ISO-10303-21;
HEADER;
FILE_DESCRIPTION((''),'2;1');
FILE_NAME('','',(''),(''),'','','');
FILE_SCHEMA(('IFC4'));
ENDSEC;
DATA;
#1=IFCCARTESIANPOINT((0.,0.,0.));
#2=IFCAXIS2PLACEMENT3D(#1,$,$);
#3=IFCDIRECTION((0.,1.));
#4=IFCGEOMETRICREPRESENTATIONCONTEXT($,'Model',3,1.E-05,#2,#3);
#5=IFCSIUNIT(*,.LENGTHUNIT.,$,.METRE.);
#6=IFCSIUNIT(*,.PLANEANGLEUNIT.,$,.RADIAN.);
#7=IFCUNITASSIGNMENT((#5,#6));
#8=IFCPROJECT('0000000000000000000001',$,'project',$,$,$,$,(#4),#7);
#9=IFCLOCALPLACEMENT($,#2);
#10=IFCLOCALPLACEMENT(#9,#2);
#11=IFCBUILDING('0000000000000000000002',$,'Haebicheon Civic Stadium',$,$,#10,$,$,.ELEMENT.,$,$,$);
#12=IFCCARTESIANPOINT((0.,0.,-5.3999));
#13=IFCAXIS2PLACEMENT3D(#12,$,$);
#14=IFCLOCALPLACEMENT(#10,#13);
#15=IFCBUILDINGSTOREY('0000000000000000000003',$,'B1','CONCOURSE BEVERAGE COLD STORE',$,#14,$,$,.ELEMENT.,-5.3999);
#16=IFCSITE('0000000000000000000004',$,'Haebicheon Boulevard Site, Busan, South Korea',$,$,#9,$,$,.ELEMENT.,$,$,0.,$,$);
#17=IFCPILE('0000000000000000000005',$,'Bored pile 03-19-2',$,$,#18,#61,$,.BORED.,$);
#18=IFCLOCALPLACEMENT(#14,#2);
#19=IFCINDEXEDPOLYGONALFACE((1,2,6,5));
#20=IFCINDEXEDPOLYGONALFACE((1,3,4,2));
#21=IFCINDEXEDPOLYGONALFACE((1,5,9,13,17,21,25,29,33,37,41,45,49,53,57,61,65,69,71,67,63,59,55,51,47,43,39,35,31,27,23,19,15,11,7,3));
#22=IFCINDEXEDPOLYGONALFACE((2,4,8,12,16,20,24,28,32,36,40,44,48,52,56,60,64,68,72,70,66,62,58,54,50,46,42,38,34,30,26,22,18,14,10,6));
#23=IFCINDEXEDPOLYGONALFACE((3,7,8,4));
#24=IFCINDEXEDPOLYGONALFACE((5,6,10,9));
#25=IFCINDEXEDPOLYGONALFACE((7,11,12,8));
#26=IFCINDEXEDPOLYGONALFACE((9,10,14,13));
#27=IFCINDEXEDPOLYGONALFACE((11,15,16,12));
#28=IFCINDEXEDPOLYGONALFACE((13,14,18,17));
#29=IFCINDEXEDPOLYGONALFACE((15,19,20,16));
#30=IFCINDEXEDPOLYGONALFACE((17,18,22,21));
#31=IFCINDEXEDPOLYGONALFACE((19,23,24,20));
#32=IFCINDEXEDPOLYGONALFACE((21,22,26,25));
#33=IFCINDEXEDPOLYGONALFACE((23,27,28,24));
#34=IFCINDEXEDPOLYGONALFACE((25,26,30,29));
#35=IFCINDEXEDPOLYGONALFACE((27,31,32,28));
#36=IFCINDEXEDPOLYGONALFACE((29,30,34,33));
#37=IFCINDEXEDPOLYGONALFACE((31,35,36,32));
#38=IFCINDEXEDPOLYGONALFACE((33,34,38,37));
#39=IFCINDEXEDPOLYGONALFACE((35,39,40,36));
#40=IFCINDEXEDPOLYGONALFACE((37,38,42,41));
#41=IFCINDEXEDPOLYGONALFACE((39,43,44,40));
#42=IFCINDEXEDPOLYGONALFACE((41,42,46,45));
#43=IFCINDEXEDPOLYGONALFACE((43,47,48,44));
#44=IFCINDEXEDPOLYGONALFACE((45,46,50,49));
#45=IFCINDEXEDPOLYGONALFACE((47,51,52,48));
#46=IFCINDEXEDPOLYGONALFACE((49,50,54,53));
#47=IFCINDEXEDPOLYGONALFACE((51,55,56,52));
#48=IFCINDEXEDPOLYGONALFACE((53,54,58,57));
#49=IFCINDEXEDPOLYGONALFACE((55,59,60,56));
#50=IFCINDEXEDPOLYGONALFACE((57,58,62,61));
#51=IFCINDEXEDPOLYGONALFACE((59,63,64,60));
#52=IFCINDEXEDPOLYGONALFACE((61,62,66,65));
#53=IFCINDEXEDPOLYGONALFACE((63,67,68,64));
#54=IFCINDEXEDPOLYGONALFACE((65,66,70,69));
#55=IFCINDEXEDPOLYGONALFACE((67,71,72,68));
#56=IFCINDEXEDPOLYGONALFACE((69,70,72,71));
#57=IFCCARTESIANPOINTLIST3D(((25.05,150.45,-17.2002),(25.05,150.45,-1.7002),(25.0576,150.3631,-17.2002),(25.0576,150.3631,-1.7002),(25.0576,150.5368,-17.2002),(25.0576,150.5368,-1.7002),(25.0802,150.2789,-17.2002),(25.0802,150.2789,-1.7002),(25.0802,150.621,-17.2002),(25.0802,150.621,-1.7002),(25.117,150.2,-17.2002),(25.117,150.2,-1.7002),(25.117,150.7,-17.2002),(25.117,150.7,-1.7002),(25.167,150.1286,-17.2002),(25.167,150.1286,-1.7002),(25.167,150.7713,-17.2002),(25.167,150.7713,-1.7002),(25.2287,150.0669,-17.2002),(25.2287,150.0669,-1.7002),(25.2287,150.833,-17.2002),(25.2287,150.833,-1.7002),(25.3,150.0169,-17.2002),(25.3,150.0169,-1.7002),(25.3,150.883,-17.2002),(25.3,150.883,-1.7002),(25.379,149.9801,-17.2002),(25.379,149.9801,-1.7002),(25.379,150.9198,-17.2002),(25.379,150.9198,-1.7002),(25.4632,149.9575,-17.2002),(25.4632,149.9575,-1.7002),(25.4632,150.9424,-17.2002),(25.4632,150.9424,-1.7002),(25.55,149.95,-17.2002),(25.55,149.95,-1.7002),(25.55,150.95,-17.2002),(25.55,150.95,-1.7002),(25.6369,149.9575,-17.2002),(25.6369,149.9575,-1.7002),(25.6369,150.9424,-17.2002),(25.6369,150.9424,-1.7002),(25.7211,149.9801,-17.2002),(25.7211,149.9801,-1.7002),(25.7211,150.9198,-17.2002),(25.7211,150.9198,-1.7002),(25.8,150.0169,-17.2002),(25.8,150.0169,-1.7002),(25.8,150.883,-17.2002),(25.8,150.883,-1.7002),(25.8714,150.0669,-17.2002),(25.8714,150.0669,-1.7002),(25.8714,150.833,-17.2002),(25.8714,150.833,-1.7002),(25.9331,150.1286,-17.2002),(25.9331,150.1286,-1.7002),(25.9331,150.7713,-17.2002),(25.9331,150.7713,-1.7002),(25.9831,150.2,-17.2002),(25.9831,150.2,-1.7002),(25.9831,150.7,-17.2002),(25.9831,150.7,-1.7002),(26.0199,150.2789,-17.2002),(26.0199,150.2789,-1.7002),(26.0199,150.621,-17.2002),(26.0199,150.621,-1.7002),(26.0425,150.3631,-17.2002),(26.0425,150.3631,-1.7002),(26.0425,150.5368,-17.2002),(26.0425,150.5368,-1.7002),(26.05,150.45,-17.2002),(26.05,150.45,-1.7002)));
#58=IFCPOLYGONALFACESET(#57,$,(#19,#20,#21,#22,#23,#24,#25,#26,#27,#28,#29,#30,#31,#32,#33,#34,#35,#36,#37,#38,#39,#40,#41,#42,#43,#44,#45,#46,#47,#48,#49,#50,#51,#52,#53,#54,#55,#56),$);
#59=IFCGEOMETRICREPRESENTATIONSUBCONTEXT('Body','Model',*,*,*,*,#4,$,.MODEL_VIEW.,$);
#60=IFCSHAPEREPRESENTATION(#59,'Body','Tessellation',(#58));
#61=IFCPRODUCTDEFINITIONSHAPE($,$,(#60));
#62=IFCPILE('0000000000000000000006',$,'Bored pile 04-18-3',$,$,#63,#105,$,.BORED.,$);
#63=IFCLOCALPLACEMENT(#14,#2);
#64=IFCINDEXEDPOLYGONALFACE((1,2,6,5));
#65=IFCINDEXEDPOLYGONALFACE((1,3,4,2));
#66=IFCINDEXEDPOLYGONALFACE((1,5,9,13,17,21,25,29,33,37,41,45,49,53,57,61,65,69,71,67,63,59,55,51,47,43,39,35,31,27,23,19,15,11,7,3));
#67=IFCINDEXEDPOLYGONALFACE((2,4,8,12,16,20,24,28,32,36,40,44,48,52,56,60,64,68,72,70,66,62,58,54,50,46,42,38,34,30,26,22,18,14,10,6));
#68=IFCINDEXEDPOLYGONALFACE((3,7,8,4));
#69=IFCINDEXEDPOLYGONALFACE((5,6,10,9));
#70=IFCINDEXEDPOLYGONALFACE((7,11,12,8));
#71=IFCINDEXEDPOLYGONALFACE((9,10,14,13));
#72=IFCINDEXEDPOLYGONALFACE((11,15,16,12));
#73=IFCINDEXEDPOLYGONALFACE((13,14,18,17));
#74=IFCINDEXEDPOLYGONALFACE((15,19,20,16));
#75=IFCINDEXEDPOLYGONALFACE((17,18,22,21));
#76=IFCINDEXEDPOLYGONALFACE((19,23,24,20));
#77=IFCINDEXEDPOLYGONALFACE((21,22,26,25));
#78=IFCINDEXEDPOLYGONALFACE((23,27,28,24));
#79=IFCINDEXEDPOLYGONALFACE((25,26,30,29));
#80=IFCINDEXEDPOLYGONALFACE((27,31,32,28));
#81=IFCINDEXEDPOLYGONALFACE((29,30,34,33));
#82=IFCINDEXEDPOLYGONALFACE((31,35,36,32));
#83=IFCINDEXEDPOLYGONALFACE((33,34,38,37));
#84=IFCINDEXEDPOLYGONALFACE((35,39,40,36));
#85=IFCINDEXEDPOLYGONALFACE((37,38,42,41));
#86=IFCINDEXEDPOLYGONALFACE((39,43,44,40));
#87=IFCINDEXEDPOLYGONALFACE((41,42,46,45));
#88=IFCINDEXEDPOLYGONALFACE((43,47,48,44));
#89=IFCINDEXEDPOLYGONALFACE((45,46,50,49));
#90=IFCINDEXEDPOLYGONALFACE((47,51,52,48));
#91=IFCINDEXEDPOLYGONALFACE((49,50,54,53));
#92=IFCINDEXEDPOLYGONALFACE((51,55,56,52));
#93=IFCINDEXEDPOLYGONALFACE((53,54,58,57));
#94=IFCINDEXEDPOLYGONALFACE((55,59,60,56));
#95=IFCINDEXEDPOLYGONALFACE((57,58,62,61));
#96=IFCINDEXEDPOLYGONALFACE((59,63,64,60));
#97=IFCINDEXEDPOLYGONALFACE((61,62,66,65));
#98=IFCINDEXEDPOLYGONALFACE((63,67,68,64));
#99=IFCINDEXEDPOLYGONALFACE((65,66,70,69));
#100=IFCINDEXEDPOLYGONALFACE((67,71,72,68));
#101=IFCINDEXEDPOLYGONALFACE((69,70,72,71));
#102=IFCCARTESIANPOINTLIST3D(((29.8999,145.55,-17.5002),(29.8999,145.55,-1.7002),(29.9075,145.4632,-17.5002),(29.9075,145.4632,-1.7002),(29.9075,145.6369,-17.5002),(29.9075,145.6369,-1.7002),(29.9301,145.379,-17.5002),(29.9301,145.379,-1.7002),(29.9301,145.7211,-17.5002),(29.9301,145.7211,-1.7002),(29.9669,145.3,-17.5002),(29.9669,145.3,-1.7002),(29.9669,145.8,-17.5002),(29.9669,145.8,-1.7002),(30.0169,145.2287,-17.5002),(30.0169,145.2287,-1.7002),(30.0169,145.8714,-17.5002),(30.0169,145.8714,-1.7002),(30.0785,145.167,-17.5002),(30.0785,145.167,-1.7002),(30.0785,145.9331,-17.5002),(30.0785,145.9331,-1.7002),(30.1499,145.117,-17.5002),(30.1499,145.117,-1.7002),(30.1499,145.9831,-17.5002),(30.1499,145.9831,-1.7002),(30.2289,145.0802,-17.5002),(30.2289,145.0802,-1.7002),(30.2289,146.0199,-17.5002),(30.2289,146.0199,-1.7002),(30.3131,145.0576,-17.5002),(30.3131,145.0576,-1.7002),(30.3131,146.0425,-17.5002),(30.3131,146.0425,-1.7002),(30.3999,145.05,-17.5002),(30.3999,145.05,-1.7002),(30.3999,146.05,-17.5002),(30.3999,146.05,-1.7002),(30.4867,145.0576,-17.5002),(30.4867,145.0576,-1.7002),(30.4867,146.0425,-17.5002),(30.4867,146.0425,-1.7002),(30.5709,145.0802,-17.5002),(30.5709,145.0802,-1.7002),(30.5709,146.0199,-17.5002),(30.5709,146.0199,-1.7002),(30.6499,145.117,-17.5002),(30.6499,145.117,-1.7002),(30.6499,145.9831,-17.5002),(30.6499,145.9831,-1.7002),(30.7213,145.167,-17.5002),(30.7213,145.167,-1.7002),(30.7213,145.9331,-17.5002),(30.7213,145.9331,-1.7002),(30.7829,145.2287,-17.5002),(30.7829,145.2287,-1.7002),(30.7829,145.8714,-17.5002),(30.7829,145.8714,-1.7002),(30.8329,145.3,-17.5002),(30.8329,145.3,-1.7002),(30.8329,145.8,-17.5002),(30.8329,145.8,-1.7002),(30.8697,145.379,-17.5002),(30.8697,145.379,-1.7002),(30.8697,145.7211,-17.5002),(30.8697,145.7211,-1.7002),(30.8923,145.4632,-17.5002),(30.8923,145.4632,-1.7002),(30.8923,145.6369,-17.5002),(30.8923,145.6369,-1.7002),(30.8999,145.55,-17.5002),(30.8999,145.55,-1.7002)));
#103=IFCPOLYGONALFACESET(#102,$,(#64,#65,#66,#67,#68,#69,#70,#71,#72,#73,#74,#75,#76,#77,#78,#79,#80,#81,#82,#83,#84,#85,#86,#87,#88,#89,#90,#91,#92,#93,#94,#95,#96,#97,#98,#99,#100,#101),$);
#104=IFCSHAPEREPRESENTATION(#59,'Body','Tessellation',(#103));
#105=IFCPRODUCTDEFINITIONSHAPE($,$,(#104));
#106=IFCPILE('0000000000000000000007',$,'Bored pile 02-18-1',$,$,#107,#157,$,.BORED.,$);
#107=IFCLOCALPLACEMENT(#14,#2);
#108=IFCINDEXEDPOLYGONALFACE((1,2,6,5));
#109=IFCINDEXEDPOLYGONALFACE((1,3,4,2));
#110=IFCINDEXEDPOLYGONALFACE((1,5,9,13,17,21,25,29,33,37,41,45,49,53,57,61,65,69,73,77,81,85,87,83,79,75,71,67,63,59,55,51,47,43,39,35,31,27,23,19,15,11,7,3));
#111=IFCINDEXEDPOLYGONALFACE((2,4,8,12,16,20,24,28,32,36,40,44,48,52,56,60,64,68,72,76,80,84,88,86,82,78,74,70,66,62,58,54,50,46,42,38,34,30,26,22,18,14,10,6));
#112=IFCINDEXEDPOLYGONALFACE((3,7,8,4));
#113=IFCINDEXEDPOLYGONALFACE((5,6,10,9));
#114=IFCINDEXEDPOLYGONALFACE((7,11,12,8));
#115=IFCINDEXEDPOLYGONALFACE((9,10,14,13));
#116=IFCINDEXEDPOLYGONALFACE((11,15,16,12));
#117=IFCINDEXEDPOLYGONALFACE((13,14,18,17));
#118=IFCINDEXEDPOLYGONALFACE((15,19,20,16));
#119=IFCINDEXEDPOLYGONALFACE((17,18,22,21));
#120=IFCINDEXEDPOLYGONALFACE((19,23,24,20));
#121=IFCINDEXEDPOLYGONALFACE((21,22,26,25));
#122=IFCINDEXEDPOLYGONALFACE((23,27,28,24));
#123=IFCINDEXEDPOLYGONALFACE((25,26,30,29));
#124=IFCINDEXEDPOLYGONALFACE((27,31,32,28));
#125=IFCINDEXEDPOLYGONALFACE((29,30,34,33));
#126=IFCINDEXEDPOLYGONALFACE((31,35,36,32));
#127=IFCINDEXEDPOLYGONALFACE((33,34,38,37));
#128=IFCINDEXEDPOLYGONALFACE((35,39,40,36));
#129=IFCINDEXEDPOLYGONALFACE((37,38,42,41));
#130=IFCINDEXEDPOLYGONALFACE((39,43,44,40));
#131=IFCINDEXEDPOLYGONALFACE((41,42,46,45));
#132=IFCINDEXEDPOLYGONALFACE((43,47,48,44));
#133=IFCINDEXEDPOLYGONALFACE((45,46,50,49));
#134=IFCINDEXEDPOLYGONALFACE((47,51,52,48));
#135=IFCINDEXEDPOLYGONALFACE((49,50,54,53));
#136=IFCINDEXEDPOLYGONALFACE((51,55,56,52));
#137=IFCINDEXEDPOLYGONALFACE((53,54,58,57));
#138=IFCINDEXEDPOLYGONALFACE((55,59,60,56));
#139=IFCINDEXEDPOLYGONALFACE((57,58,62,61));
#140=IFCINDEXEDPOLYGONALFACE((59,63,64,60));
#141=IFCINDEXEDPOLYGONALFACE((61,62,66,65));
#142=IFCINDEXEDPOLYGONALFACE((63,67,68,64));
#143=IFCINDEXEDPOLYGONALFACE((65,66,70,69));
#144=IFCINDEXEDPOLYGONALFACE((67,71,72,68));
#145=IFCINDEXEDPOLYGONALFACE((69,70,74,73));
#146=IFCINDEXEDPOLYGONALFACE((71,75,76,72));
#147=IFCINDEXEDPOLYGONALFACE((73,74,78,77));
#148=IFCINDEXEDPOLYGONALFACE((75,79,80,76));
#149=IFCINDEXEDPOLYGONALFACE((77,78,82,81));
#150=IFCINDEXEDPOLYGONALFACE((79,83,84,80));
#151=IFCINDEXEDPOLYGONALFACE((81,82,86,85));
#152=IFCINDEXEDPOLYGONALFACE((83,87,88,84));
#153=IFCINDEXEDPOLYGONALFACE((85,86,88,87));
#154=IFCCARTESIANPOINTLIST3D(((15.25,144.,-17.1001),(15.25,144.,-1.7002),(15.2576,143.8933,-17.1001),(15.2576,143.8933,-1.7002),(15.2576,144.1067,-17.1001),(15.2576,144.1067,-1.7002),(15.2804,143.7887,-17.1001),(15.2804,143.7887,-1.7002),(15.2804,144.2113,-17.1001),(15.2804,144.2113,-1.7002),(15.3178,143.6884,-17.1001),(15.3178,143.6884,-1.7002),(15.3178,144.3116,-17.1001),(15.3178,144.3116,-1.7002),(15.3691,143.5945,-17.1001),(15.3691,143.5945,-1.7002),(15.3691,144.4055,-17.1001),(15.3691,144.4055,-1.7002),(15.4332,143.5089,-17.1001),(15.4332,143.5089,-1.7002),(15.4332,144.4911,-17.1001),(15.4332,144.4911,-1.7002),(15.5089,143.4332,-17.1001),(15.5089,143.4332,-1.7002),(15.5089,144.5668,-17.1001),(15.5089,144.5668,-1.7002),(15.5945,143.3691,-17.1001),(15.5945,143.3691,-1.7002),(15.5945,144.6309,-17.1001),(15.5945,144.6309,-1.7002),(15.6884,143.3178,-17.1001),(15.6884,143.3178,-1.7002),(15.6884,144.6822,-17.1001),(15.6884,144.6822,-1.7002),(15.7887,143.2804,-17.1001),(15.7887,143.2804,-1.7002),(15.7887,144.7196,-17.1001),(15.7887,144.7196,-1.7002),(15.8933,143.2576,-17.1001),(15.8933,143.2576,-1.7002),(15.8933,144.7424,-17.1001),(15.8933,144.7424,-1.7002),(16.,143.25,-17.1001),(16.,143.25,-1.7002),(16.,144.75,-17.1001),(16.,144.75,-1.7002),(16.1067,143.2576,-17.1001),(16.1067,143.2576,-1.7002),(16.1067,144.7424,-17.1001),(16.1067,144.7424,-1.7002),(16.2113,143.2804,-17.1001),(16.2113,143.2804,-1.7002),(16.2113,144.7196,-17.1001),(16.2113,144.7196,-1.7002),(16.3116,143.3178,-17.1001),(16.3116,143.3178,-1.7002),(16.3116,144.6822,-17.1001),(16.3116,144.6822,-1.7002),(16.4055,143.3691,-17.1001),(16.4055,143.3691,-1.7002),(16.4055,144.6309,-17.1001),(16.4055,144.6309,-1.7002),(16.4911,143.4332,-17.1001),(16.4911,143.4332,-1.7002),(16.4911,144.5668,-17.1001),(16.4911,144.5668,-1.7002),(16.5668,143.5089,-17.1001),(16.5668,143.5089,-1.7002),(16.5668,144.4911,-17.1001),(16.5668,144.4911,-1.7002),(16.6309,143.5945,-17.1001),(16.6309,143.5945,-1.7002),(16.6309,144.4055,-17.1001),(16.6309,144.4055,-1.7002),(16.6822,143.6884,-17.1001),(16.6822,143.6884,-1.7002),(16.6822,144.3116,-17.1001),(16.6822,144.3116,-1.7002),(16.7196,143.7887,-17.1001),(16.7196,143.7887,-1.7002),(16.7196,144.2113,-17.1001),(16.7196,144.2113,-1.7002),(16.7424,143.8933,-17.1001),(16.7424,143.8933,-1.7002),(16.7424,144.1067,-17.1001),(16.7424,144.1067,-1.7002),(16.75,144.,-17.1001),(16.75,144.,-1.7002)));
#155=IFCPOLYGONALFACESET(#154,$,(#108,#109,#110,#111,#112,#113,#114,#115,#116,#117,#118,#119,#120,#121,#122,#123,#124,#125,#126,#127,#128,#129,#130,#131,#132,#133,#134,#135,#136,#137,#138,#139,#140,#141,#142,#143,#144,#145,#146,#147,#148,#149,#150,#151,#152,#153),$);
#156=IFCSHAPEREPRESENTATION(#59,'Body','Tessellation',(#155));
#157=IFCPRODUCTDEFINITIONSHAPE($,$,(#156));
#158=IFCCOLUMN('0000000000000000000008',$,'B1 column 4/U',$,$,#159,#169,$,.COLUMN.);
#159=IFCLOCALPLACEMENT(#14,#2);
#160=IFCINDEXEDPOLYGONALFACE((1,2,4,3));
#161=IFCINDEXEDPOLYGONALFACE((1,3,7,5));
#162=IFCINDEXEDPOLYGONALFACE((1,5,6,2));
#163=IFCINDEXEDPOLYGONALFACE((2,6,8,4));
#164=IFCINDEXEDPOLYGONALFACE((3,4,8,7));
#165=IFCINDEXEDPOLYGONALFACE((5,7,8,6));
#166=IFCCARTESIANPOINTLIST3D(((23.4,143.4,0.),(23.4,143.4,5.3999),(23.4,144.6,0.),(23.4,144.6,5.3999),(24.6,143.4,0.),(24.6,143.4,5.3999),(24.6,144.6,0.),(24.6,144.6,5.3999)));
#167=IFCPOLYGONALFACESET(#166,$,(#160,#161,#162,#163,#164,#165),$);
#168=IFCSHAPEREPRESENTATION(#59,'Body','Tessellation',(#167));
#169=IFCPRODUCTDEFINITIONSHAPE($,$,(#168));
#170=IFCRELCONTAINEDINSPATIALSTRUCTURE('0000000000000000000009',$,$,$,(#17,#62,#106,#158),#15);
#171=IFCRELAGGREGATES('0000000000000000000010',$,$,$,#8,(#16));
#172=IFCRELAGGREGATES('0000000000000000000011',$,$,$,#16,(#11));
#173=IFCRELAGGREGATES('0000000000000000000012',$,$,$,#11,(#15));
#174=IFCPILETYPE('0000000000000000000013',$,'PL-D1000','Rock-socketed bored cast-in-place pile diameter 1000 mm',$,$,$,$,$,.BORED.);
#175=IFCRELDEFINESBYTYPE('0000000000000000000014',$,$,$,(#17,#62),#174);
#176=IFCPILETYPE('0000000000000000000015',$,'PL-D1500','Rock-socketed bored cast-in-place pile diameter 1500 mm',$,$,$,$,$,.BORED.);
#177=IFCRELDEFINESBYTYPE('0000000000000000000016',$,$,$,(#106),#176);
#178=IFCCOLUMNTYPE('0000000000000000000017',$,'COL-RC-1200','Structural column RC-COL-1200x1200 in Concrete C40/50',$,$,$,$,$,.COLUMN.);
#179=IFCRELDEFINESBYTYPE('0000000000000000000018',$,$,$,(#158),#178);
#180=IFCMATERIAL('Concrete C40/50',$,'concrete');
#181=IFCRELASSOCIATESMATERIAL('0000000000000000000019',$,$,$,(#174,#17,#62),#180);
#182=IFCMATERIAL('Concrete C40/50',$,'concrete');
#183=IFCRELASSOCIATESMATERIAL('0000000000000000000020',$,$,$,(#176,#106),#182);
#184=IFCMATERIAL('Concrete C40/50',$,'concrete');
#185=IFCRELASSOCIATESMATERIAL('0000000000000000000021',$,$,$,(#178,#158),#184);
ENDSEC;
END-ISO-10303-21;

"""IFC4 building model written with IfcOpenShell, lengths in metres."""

from ifc_helpers import new_model, si_unit, direction, frame, origin, origin_2d, place, context, subcontext, project, spatial, rectangle, circle, extrude, material, material_profile, profile_set, type_object, element, save


model = new_model("IFC4")

# Units and contexts
model_context = context("Model", 3, precision=1e-05, world=origin(), true_north=direction((0.0, 1.0)))
body_context = subcontext(model_context, "Body", "Model", "MODEL_VIEW")
ifc_project = project(units=[si_unit("LENGTHUNIT", "METRE"), si_unit("PLANEANGLEUNIT", "RADIAN")], contexts=[model_context])

# Site, building, storey
site_placement = place(None, origin())
site = spatial("IfcSite", under=ifc_project, at=site_placement, Name="Haebicheon Boulevard Site, Busan, South Korea", CompositionType="ELEMENT", RefElevation=0.0)
building_placement = place(site_placement, origin())
building = spatial("IfcBuilding", under=site, at=building_placement, Name="Haebicheon Civic Stadium", CompositionType="ELEMENT")
storey_placement = place(building_placement, frame((0.0, 0.0, -5.3999)))
storey = spatial("IfcBuildingStorey", under=building, at=storey_placement, Name="B1", Description="CONCOURSE BEVERAGE COLD STORE", CompositionType="ELEMENT", Elevation=-5.3999)

# Piles
ifc_material_1 = material(Name="Concrete C40/50", Category="concrete")
ifc_material_profile_1 = material_profile(ifc_material_1, circle(Radius=0.5, at=origin_2d()), Name="PILE-D1000")
ifc_profile_set_1 = profile_set([ifc_material_profile_1], Name="Concrete C40/50")
pile_type_1 = type_object("IfcPileType", Name="PL-D1000", Description="Rock-socketed bored cast-in-place pile diameter 1000 mm", PredefinedType="BORED", material=ifc_profile_set_1)
for number, where, z_axis, x_axis, name in (
    (1, (25.55, 150.45, -1.7002), (0.0, 0.0, -1.0), (1.0, 0.0, 0.0), "Bored pile 03-19-2"),
):
    element("IfcPile", number, at=place(storey_placement, frame(where, z_axis=z_axis, x_axis=x_axis)), inside=storey, type_object=pile_type_1, material=ifc_profile_set_1, Name=name, PredefinedType="BORED", context=body_context, shape_type="SweptSolid", body=[
        extrude(circle(Radius=0.5, at=origin_2d()), origin(), (0.0, 0.0, 1.0), 15.5),
    ])
pile_1_placement = place(storey_placement, frame((30.3999, 145.55, -1.7002), z_axis=(0.0, 0.0, -1.0), x_axis=(1.0, 0.0, 0.0)))
element("IfcPile", 2, at=pile_1_placement, inside=storey, type_object=pile_type_1, material=ifc_profile_set_1, Name="Bored pile 04-18-3", PredefinedType="BORED", context=body_context, shape_type="SweptSolid", body=[
    extrude(circle(Radius=0.5, at=origin_2d()), origin(), (0.0, 0.0, 1.0), 15.8),
])
ifc_material_2 = material(Name="Concrete C40/50", Category="concrete")
ifc_material_profile_2 = material_profile(ifc_material_2, circle(Radius=0.75, at=origin_2d()), Name="PILE-D1500")
ifc_profile_set_2 = profile_set([ifc_material_profile_2], Name="Concrete C40/50")
pile_type_2 = type_object("IfcPileType", Name="PL-D1500", Description="Rock-socketed bored cast-in-place pile diameter 1500 mm", PredefinedType="BORED", material=ifc_profile_set_2)
pile_2_placement = place(storey_placement, frame((16.0, 144.0, -1.7002), z_axis=(0.0, 0.0, -1.0), x_axis=(1.0, 0.0, 0.0)))
element("IfcPile", 3, at=pile_2_placement, inside=storey, type_object=pile_type_2, material=ifc_profile_set_2, Name="Bored pile 02-18-1", PredefinedType="BORED", context=body_context, shape_type="SweptSolid", body=[
    extrude(circle(Radius=0.75, at=origin_2d()), origin(), (0.0, 0.0, 1.0), 15.3999),
])

# Column
ifc_material_3 = material(Name="Concrete C40/50", Category="concrete")
ifc_material_profile_3 = material_profile(ifc_material_3, rectangle(XDim=1.2, YDim=1.2, at=origin_2d()), Name="RC-COL-1200x1200")
ifc_profile_set_3 = profile_set([ifc_material_profile_3], Name="Concrete C40/50")
column_type_1 = type_object("IfcColumnType", Name="COL-RC-1200", Description="Structural column RC-COL-1200x1200 in Concrete C40/50", PredefinedType="COLUMN", material=ifc_profile_set_3)
column_1_placement = place(storey_placement, frame((24.0, 144.0, 0.0), z_axis=(0.0, 0.0, 1.0), x_axis=(1.0, 0.0, 0.0)))
element("IfcColumn", 4, at=column_1_placement, inside=storey, type_object=column_type_1, material=ifc_profile_set_3, Name="B1 column 4/U", PredefinedType="COLUMN", context=body_context, shape_type="SweptSolid", body=[
    extrude(rectangle(XDim=1.2, YDim=1.2, at=origin_2d()), origin(), (0.0, 0.0, 1.0), 5.3999),
])

save(model, "model.ifc")
